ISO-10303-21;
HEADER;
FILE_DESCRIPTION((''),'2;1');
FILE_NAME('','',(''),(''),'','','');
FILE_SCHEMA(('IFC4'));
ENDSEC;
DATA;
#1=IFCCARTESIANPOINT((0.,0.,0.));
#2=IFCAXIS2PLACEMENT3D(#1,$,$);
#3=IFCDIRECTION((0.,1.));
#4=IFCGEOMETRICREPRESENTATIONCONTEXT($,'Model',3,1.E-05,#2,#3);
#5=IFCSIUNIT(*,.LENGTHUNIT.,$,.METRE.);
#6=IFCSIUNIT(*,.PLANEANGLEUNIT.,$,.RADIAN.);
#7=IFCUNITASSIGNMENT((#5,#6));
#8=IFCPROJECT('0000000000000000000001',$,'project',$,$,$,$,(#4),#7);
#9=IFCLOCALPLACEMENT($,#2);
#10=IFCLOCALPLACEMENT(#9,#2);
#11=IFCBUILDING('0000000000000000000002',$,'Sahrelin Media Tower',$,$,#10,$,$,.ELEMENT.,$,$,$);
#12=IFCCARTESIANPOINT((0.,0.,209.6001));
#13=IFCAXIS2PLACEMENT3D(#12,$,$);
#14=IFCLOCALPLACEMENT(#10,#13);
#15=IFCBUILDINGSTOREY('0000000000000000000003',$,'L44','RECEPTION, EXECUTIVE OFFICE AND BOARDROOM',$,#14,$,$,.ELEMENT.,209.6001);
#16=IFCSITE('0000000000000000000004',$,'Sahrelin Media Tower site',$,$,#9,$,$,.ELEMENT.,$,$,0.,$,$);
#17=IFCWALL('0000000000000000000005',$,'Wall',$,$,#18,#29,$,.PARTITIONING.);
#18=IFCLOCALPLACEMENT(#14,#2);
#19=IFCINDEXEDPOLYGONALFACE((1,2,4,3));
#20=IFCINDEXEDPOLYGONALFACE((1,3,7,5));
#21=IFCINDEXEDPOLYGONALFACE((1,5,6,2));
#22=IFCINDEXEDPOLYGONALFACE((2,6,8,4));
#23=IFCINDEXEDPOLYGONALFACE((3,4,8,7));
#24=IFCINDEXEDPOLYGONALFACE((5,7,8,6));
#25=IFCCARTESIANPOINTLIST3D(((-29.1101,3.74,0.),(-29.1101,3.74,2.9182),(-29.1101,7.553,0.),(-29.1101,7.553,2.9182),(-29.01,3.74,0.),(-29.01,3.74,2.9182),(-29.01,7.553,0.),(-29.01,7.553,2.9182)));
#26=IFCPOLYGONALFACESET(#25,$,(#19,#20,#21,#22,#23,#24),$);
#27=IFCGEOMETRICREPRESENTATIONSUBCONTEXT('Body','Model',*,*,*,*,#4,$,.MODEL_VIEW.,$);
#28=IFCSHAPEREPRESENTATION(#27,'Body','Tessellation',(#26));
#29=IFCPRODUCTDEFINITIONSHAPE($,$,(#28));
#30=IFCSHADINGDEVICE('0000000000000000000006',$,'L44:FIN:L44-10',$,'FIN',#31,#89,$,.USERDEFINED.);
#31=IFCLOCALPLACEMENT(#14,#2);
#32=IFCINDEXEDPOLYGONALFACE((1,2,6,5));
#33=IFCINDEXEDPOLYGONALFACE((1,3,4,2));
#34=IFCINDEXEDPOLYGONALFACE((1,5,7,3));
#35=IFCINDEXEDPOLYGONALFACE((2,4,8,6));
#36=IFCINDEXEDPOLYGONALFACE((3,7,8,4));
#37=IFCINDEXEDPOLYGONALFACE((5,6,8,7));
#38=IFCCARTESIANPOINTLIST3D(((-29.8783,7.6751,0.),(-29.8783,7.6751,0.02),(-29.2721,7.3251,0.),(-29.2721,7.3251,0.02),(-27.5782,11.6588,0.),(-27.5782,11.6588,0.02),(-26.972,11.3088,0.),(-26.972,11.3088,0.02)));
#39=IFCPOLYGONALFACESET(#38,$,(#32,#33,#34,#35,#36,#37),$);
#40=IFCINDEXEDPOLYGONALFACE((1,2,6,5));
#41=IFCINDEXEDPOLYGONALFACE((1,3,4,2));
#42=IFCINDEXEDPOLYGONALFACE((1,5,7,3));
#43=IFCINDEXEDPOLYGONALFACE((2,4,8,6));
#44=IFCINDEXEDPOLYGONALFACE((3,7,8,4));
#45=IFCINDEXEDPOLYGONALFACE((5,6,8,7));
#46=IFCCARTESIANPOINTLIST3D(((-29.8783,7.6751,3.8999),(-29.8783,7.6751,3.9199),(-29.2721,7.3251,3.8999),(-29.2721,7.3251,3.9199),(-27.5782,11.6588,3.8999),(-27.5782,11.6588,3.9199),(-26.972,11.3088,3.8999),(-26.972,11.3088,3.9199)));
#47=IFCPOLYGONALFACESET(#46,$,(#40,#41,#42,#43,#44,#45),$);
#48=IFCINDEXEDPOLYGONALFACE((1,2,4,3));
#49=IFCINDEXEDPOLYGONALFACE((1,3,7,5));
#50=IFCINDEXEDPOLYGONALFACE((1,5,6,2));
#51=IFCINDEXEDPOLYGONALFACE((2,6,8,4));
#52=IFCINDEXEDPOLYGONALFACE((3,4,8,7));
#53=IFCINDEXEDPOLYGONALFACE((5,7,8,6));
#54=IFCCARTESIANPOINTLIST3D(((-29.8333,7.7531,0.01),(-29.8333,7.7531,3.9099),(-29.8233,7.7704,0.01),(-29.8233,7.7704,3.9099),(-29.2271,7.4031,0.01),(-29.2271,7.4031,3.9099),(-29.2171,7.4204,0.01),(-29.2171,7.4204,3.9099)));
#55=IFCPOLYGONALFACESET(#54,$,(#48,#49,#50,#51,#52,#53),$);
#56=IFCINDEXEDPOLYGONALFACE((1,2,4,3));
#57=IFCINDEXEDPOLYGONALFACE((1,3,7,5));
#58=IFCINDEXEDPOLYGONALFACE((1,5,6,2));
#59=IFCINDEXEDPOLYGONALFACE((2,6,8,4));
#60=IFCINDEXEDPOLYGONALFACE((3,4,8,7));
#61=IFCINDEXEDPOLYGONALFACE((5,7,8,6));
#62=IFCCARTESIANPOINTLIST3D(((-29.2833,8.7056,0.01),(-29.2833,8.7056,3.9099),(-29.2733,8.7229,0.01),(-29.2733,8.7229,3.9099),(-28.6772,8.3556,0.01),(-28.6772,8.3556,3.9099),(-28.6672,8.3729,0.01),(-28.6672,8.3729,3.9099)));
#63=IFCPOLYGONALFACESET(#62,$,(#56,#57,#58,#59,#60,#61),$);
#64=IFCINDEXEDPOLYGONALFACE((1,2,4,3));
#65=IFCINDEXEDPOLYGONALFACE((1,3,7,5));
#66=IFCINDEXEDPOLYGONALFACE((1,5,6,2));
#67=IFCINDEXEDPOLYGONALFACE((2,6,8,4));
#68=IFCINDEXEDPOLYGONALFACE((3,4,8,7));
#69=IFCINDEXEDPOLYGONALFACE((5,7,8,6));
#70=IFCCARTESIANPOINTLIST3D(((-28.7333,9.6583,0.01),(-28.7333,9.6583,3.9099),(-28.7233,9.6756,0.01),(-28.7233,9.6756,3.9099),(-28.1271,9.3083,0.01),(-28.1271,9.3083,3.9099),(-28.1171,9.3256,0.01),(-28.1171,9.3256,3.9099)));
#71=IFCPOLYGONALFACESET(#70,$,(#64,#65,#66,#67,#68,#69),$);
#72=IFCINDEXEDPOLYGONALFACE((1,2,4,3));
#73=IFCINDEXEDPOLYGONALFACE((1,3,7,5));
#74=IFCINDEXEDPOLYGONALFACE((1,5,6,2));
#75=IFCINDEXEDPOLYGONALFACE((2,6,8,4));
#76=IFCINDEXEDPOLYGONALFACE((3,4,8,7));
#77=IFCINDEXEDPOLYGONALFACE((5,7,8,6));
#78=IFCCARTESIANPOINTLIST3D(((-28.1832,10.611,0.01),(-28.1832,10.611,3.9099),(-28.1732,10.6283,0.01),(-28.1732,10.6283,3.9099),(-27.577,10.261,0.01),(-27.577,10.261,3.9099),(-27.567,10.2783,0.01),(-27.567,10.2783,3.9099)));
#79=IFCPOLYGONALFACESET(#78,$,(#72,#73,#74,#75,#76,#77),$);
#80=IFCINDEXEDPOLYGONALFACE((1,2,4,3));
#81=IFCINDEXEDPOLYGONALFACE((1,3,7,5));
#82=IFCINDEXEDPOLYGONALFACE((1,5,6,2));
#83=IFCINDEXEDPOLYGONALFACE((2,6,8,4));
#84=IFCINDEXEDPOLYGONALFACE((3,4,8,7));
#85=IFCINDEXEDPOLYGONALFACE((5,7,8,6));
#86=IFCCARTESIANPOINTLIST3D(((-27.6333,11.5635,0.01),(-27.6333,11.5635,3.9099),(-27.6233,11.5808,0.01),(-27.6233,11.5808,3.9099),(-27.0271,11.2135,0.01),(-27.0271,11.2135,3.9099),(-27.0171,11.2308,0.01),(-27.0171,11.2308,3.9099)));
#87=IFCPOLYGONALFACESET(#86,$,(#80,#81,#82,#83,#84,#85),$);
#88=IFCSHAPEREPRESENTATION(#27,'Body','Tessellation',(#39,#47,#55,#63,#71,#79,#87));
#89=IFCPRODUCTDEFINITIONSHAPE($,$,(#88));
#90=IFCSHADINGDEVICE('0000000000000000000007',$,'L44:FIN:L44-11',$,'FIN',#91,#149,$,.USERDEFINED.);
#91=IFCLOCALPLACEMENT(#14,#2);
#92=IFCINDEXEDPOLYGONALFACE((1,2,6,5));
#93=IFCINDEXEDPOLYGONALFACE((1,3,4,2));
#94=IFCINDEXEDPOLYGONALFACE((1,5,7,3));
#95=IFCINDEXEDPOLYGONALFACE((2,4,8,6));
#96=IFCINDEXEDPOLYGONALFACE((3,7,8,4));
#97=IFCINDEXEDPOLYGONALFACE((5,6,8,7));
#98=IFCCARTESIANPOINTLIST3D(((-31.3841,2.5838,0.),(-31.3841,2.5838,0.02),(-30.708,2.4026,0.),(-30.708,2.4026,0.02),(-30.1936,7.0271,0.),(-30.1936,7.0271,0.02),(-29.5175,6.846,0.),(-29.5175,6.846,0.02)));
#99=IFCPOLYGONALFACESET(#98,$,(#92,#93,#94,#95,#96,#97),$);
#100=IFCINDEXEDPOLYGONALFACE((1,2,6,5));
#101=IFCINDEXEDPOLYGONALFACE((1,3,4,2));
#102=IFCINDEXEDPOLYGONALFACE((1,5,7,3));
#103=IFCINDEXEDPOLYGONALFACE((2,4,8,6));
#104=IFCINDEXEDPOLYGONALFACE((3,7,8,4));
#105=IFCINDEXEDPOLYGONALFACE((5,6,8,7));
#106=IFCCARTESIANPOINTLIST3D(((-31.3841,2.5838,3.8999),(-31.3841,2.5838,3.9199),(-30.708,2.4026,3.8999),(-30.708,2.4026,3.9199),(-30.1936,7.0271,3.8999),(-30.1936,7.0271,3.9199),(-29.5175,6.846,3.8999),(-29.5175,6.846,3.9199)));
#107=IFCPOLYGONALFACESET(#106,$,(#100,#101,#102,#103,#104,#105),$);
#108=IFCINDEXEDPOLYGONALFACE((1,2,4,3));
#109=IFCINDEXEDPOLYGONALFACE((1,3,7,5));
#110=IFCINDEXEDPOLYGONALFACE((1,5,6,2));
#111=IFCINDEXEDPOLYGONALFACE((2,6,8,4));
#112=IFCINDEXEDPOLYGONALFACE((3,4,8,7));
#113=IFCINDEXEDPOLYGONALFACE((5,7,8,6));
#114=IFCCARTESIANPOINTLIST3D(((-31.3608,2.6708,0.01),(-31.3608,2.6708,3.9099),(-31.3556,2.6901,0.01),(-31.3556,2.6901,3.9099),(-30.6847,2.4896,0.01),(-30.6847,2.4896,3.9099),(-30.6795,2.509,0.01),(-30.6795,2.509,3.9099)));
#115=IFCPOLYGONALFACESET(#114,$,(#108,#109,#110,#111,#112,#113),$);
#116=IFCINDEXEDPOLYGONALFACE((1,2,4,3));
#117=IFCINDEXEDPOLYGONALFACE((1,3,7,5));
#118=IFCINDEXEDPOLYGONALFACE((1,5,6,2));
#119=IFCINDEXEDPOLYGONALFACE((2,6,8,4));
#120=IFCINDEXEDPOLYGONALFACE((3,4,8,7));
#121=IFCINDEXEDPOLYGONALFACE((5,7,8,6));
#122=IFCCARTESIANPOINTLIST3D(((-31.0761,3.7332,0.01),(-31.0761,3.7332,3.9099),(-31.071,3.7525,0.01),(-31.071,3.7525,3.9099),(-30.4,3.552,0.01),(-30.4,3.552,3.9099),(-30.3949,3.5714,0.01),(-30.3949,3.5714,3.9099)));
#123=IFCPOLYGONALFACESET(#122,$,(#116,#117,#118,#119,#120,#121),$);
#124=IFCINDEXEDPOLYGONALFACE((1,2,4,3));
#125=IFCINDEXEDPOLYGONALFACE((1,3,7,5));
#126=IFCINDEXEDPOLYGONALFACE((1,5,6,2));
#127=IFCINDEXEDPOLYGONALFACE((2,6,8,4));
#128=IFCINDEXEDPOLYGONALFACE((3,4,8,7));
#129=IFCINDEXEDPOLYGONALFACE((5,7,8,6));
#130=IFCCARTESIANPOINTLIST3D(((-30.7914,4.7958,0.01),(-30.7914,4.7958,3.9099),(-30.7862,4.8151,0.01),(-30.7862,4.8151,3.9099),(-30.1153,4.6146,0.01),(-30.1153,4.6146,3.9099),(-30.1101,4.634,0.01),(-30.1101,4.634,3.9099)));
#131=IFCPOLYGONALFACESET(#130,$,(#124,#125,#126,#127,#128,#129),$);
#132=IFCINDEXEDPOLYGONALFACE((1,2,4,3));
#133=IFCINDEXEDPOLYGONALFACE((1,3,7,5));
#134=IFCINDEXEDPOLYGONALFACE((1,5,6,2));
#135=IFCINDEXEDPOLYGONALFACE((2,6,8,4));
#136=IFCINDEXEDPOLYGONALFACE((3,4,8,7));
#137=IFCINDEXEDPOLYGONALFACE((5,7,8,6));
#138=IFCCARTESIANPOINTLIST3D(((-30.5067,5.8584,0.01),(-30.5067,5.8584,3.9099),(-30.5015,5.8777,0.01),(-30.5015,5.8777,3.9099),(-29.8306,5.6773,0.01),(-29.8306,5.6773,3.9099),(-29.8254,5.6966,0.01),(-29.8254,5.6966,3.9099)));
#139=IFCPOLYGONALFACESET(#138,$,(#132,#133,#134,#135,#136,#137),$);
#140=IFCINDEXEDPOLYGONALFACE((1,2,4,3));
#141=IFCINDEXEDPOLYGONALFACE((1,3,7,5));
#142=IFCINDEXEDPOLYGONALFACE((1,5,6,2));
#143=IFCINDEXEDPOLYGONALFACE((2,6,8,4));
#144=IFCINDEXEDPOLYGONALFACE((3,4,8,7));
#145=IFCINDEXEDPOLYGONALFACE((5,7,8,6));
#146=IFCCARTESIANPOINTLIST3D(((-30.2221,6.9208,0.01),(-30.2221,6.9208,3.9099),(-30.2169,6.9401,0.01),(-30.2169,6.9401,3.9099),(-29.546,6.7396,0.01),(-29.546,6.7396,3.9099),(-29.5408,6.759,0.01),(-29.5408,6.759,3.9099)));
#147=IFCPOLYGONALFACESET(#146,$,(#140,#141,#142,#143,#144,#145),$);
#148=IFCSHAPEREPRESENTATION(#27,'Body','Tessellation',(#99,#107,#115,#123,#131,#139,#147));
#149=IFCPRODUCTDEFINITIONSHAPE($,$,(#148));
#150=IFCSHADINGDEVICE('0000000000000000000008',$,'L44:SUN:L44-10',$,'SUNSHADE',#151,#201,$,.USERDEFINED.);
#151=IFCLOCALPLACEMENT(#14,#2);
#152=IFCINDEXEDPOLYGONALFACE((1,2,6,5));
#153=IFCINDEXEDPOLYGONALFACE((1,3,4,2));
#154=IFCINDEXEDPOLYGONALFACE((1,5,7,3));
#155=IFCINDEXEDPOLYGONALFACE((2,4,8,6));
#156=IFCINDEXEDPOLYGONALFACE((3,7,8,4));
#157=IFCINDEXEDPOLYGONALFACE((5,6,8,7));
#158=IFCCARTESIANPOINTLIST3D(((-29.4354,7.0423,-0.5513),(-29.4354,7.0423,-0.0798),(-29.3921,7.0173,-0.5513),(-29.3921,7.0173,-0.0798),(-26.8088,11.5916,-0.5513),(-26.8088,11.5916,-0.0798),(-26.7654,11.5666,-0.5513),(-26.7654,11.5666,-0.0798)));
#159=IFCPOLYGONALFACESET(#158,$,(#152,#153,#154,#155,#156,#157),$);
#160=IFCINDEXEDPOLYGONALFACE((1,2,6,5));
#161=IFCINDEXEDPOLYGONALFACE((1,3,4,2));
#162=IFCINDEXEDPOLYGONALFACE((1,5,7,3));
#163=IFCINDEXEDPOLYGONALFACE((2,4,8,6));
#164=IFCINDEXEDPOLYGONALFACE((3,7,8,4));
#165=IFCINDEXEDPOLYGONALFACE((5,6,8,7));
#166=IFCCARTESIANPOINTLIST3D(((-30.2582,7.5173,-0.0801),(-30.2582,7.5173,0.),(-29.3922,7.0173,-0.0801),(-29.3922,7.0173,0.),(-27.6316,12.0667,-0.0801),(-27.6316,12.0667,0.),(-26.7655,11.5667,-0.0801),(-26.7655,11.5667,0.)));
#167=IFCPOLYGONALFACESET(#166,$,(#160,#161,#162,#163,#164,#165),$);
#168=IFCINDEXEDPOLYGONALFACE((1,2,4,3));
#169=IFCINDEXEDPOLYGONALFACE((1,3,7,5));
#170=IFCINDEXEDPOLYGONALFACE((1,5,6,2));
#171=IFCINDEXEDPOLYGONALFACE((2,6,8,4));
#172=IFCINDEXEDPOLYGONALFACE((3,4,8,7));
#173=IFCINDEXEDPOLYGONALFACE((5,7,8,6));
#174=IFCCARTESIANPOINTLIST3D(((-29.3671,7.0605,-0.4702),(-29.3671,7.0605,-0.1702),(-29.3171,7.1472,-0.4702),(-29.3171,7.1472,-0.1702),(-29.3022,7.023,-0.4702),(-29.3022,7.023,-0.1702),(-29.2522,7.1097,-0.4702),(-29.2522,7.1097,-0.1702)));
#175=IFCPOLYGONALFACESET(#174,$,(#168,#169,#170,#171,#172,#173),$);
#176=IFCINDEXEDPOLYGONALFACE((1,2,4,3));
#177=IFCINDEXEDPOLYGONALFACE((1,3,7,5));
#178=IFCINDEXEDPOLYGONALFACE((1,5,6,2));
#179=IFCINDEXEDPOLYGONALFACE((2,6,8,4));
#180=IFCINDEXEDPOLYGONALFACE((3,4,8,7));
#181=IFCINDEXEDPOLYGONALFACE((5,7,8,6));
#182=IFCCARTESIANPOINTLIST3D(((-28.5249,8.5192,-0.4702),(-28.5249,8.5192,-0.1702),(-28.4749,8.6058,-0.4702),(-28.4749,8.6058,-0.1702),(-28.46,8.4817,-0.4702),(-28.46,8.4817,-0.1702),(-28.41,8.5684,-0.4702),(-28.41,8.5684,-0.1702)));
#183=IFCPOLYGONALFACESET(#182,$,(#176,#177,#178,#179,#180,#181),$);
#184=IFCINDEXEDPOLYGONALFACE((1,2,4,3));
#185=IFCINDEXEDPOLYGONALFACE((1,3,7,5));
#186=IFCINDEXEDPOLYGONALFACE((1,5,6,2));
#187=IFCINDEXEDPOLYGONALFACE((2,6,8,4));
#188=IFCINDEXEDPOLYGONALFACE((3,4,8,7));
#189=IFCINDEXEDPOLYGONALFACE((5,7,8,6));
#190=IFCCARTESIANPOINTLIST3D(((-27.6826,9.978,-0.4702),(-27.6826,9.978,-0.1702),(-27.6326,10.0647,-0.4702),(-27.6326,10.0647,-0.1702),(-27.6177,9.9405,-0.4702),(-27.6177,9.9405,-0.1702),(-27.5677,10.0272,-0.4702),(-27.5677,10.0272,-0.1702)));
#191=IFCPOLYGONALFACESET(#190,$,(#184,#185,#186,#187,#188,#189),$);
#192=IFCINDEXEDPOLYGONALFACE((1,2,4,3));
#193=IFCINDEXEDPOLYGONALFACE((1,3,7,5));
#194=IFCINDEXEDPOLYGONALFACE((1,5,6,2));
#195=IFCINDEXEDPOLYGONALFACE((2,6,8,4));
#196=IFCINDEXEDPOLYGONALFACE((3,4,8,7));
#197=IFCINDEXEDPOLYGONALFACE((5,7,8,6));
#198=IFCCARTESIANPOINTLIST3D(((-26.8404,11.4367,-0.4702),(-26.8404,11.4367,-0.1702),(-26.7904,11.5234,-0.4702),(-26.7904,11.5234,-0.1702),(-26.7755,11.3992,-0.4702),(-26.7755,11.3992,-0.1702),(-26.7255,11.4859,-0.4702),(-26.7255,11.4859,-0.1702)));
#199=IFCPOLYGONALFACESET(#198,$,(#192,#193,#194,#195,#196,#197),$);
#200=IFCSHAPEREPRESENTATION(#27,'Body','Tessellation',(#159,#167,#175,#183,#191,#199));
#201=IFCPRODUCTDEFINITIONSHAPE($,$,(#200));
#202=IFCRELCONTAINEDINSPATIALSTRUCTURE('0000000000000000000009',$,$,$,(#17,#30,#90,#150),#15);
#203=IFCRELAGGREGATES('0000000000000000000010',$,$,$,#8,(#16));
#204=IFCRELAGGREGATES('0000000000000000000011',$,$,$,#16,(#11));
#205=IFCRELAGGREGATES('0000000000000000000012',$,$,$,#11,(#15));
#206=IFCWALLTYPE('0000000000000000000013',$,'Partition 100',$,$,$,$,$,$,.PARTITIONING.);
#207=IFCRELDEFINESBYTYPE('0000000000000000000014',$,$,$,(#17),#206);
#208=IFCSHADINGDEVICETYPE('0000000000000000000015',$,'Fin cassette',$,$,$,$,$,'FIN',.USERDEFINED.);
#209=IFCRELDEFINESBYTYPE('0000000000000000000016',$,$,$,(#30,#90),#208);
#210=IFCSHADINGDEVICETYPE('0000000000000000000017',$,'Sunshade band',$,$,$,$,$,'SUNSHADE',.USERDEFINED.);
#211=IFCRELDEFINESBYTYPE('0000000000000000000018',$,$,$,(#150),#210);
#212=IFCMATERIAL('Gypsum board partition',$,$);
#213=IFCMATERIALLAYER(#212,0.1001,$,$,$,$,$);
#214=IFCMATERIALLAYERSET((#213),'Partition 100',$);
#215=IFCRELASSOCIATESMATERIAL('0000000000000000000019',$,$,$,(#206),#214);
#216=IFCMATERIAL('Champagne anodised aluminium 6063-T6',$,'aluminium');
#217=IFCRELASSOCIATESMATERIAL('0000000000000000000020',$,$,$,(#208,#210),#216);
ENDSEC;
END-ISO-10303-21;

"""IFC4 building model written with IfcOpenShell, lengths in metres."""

from ifc_helpers import new_model, si_unit, direction, frame, frame_2d, origin, origin_2d, place, context, subcontext, project, spatial, rectangle, extrude, material, layer, layer_set, type_object, element, save


model = new_model("IFC4")

# Units and contexts
model_context = context("Model", 3, precision=1e-05, world=origin(), true_north=direction((0.0, 1.0)))
body_context = subcontext(model_context, "Body", "Model", "MODEL_VIEW")
ifc_project = project(units=[si_unit("LENGTHUNIT", "METRE"), si_unit("PLANEANGLEUNIT", "RADIAN")], contexts=[model_context])

# Site, building, storey
site_placement = place(None, origin())
site = spatial("IfcSite", under=ifc_project, at=site_placement, Name="Sahrelin Media Tower site", CompositionType="ELEMENT", RefElevation=0.0)
building_placement = place(site_placement, origin())
building = spatial("IfcBuilding", under=site, at=building_placement, Name="Sahrelin Media Tower", CompositionType="ELEMENT")
storey_placement = place(building_placement, frame((0.0, 0.0, 209.6001)))
storey = spatial("IfcBuildingStorey", under=building, at=storey_placement, Name="L44", Description="RECEPTION, EXECUTIVE OFFICE AND BOARDROOM", CompositionType="ELEMENT", Elevation=209.6001)

# Shared definitions
ifc_material_1 = material(Name="Champagne anodised aluminium 6063-T6", Category="aluminium")

# Wall
ifc_material_2 = material(Name="Gypsum board partition")
ifc_layer_1 = layer(ifc_material_2, 0.1001)
ifc_layer_set_1 = layer_set([ifc_layer_1], Name="Partition 100")
wall_type_1 = type_object("IfcWallType", Name="Partition 100", PredefinedType="PARTITIONING", material=ifc_layer_set_1)
wall_1_placement = place(storey_placement, frame((-29.0601, 3.74, 0.0), z_axis=(0.0, 0.0, 1.0), x_axis=(0.0, 1.0, 0.0)))
element("IfcWall", 1, at=wall_1_placement, inside=storey, type_object=wall_type_1, Name="Wall", PredefinedType="PARTITIONING", context=body_context, shape_type="SweptSolid", body=[
    extrude(rectangle(XDim=3.813, YDim=0.1001, at=frame_2d((1.9065, 0.0))), origin(), (0.0, 0.0, 1.0), 2.9182),
])

# Shading devices
shading_device_type_1 = type_object("IfcShadingDeviceType", Name="Fin cassette", ElementType="FIN", PredefinedType="USERDEFINED", material=ifc_material_1)
placement_1 = place(storey_placement, frame((-28.0615, 9.282, 0.0), z_axis=(0.0, 0.0, 1.0), x_axis=(0.500011, 0.866019, 0.0)))
element("IfcShadingDevice", 2, at=placement_1, inside=storey, type_object=shading_device_type_1, Name="L44:FIN:L44-10", ObjectType="FIN", PredefinedType="USERDEFINED", context=body_context, shape_type="SweptSolid", body=[
    extrude(rectangle(XDim=4.6001, YDim=0.7, at=origin_2d()), frame((0.0, 0.4199, 0.0)), (0.0, 0.0, 1.0), 0.02),
    extrude(rectangle(XDim=4.6001, YDim=0.7, at=origin_2d()), frame((0.0, 0.4199, 3.8999)), (0.0, 0.0, 1.0), 0.02),
    extrude(rectangle(XDim=0.02, YDim=0.7, at=origin_2d()), frame((-2.2, 0.4199, 0.01), z_axis=(0.0, 0.0, 1.0), x_axis=(1.0, 0.0, 0.0)), (0.0, 0.0, 1.0), 3.8999),
    extrude(rectangle(XDim=0.02, YDim=0.7, at=origin_2d()), frame((-1.1001, 0.4199, 0.01), z_axis=(0.0, 0.0, 1.0), x_axis=(1.0, 0.0, 0.0)), (0.0, 0.0, 1.0), 3.8999),
    extrude(rectangle(XDim=0.02, YDim=0.7, at=origin_2d()), frame((0.0, 0.4199, 0.01), z_axis=(0.0, 0.0, 1.0), x_axis=(1.0, 0.0, 0.0)), (0.0, 0.0, 1.0), 3.8999),
    extrude(rectangle(XDim=0.02, YDim=0.7, at=origin_2d()), frame((1.1001, 0.4199, 0.01), z_axis=(0.0, 0.0, 1.0), x_axis=(1.0, 0.0, 0.0)), (0.0, 0.0, 1.0), 3.8999),
    extrude(rectangle(XDim=0.02, YDim=0.7, at=origin_2d()), frame((2.2, 0.4199, 0.01), z_axis=(0.0, 0.0, 1.0), x_axis=(1.0, 0.0, 0.0)), (0.0, 0.0, 1.0), 3.8999),
])
placement_2 = place(storey_placement, frame((-30.0452, 4.6062, 0.0), z_axis=(0.0, 0.0, 1.0), x_axis=(0.258808, 0.965929, 0.0)))
element("IfcShadingDevice", 3, at=placement_2, inside=storey, type_object=shading_device_type_1, Name="L44:FIN:L44-11", ObjectType="FIN", PredefinedType="USERDEFINED", context=body_context, shape_type="SweptSolid", body=[
    extrude(rectangle(XDim=4.6001, YDim=0.7, at=origin_2d()), frame((0.0, 0.4199, 0.0)), (0.0, 0.0, 1.0), 0.02),
    extrude(rectangle(XDim=4.6001, YDim=0.7, at=origin_2d()), frame((0.0, 0.4199, 3.8999)), (0.0, 0.0, 1.0), 0.02),
    extrude(rectangle(XDim=0.02, YDim=0.7, at=origin_2d()), frame((-2.2, 0.4199, 0.01), z_axis=(0.0, 0.0, 1.0), x_axis=(1.0, 0.0, 0.0)), (0.0, 0.0, 1.0), 3.8999),
    extrude(rectangle(XDim=0.02, YDim=0.7, at=origin_2d()), frame((-1.1001, 0.4199, 0.01), z_axis=(0.0, 0.0, 1.0), x_axis=(1.0, 0.0, 0.0)), (0.0, 0.0, 1.0), 3.8999),
    extrude(rectangle(XDim=0.02, YDim=0.7, at=origin_2d()), frame((0.0, 0.4199, 0.01), z_axis=(0.0, 0.0, 1.0), x_axis=(1.0, 0.0, 0.0)), (0.0, 0.0, 1.0), 3.8999),
    extrude(rectangle(XDim=0.02, YDim=0.7, at=origin_2d()), frame((1.1001, 0.4199, 0.01), z_axis=(0.0, 0.0, 1.0), x_axis=(1.0, 0.0, 0.0)), (0.0, 0.0, 1.0), 3.8999),
    extrude(rectangle(XDim=0.02, YDim=0.7, at=origin_2d()), frame((2.2, 0.4199, 0.01), z_axis=(0.0, 0.0, 1.0), x_axis=(1.0, 0.0, 0.0)), (0.0, 0.0, 1.0), 3.8999),
])
shading_device_type_2 = type_object("IfcShadingDeviceType", Name="Sunshade band", ElementType="SUNSHADE", PredefinedType="USERDEFINED", material=ifc_material_1)
element("IfcShadingDevice", 4, at=placement_1, inside=storey, type_object=shading_device_type_2, Name="L44:SUN:L44-10", ObjectType="SUNSHADE", PredefinedType="USERDEFINED", context=body_context, shape_type="SweptSolid", body=[
    extrude(rectangle(XDim=5.2532, YDim=0.05, at=origin_2d()), frame((0.0, 0.0449, -0.5513)), (0.0, 0.0, 1.0), 0.4714),
    extrude(rectangle(XDim=5.2532, YDim=1.0, at=origin_2d()), frame((0.0, 0.52, -0.0801)), (0.0, 0.0, 1.0), 0.0801),
    extrude(rectangle(XDim=0.1001, YDim=0.075, at=origin_2d()), frame((-2.5266, -0.0176, -0.4702)), (0.0, 0.0, 1.0), 0.3),
    extrude(rectangle(XDim=0.1001, YDim=0.075, at=origin_2d()), frame((-0.8423, -0.0176, -0.4702)), (0.0, 0.0, 1.0), 0.3),
    extrude(rectangle(XDim=0.1001, YDim=0.075, at=origin_2d()), frame((0.8423, -0.0176, -0.4702)), (0.0, 0.0, 1.0), 0.3),
    extrude(rectangle(XDim=0.1001, YDim=0.075, at=origin_2d()), frame((2.5266, -0.0176, -0.4702)), (0.0, 0.0, 1.0), 0.3),
])

save(model, "model.ifc")
